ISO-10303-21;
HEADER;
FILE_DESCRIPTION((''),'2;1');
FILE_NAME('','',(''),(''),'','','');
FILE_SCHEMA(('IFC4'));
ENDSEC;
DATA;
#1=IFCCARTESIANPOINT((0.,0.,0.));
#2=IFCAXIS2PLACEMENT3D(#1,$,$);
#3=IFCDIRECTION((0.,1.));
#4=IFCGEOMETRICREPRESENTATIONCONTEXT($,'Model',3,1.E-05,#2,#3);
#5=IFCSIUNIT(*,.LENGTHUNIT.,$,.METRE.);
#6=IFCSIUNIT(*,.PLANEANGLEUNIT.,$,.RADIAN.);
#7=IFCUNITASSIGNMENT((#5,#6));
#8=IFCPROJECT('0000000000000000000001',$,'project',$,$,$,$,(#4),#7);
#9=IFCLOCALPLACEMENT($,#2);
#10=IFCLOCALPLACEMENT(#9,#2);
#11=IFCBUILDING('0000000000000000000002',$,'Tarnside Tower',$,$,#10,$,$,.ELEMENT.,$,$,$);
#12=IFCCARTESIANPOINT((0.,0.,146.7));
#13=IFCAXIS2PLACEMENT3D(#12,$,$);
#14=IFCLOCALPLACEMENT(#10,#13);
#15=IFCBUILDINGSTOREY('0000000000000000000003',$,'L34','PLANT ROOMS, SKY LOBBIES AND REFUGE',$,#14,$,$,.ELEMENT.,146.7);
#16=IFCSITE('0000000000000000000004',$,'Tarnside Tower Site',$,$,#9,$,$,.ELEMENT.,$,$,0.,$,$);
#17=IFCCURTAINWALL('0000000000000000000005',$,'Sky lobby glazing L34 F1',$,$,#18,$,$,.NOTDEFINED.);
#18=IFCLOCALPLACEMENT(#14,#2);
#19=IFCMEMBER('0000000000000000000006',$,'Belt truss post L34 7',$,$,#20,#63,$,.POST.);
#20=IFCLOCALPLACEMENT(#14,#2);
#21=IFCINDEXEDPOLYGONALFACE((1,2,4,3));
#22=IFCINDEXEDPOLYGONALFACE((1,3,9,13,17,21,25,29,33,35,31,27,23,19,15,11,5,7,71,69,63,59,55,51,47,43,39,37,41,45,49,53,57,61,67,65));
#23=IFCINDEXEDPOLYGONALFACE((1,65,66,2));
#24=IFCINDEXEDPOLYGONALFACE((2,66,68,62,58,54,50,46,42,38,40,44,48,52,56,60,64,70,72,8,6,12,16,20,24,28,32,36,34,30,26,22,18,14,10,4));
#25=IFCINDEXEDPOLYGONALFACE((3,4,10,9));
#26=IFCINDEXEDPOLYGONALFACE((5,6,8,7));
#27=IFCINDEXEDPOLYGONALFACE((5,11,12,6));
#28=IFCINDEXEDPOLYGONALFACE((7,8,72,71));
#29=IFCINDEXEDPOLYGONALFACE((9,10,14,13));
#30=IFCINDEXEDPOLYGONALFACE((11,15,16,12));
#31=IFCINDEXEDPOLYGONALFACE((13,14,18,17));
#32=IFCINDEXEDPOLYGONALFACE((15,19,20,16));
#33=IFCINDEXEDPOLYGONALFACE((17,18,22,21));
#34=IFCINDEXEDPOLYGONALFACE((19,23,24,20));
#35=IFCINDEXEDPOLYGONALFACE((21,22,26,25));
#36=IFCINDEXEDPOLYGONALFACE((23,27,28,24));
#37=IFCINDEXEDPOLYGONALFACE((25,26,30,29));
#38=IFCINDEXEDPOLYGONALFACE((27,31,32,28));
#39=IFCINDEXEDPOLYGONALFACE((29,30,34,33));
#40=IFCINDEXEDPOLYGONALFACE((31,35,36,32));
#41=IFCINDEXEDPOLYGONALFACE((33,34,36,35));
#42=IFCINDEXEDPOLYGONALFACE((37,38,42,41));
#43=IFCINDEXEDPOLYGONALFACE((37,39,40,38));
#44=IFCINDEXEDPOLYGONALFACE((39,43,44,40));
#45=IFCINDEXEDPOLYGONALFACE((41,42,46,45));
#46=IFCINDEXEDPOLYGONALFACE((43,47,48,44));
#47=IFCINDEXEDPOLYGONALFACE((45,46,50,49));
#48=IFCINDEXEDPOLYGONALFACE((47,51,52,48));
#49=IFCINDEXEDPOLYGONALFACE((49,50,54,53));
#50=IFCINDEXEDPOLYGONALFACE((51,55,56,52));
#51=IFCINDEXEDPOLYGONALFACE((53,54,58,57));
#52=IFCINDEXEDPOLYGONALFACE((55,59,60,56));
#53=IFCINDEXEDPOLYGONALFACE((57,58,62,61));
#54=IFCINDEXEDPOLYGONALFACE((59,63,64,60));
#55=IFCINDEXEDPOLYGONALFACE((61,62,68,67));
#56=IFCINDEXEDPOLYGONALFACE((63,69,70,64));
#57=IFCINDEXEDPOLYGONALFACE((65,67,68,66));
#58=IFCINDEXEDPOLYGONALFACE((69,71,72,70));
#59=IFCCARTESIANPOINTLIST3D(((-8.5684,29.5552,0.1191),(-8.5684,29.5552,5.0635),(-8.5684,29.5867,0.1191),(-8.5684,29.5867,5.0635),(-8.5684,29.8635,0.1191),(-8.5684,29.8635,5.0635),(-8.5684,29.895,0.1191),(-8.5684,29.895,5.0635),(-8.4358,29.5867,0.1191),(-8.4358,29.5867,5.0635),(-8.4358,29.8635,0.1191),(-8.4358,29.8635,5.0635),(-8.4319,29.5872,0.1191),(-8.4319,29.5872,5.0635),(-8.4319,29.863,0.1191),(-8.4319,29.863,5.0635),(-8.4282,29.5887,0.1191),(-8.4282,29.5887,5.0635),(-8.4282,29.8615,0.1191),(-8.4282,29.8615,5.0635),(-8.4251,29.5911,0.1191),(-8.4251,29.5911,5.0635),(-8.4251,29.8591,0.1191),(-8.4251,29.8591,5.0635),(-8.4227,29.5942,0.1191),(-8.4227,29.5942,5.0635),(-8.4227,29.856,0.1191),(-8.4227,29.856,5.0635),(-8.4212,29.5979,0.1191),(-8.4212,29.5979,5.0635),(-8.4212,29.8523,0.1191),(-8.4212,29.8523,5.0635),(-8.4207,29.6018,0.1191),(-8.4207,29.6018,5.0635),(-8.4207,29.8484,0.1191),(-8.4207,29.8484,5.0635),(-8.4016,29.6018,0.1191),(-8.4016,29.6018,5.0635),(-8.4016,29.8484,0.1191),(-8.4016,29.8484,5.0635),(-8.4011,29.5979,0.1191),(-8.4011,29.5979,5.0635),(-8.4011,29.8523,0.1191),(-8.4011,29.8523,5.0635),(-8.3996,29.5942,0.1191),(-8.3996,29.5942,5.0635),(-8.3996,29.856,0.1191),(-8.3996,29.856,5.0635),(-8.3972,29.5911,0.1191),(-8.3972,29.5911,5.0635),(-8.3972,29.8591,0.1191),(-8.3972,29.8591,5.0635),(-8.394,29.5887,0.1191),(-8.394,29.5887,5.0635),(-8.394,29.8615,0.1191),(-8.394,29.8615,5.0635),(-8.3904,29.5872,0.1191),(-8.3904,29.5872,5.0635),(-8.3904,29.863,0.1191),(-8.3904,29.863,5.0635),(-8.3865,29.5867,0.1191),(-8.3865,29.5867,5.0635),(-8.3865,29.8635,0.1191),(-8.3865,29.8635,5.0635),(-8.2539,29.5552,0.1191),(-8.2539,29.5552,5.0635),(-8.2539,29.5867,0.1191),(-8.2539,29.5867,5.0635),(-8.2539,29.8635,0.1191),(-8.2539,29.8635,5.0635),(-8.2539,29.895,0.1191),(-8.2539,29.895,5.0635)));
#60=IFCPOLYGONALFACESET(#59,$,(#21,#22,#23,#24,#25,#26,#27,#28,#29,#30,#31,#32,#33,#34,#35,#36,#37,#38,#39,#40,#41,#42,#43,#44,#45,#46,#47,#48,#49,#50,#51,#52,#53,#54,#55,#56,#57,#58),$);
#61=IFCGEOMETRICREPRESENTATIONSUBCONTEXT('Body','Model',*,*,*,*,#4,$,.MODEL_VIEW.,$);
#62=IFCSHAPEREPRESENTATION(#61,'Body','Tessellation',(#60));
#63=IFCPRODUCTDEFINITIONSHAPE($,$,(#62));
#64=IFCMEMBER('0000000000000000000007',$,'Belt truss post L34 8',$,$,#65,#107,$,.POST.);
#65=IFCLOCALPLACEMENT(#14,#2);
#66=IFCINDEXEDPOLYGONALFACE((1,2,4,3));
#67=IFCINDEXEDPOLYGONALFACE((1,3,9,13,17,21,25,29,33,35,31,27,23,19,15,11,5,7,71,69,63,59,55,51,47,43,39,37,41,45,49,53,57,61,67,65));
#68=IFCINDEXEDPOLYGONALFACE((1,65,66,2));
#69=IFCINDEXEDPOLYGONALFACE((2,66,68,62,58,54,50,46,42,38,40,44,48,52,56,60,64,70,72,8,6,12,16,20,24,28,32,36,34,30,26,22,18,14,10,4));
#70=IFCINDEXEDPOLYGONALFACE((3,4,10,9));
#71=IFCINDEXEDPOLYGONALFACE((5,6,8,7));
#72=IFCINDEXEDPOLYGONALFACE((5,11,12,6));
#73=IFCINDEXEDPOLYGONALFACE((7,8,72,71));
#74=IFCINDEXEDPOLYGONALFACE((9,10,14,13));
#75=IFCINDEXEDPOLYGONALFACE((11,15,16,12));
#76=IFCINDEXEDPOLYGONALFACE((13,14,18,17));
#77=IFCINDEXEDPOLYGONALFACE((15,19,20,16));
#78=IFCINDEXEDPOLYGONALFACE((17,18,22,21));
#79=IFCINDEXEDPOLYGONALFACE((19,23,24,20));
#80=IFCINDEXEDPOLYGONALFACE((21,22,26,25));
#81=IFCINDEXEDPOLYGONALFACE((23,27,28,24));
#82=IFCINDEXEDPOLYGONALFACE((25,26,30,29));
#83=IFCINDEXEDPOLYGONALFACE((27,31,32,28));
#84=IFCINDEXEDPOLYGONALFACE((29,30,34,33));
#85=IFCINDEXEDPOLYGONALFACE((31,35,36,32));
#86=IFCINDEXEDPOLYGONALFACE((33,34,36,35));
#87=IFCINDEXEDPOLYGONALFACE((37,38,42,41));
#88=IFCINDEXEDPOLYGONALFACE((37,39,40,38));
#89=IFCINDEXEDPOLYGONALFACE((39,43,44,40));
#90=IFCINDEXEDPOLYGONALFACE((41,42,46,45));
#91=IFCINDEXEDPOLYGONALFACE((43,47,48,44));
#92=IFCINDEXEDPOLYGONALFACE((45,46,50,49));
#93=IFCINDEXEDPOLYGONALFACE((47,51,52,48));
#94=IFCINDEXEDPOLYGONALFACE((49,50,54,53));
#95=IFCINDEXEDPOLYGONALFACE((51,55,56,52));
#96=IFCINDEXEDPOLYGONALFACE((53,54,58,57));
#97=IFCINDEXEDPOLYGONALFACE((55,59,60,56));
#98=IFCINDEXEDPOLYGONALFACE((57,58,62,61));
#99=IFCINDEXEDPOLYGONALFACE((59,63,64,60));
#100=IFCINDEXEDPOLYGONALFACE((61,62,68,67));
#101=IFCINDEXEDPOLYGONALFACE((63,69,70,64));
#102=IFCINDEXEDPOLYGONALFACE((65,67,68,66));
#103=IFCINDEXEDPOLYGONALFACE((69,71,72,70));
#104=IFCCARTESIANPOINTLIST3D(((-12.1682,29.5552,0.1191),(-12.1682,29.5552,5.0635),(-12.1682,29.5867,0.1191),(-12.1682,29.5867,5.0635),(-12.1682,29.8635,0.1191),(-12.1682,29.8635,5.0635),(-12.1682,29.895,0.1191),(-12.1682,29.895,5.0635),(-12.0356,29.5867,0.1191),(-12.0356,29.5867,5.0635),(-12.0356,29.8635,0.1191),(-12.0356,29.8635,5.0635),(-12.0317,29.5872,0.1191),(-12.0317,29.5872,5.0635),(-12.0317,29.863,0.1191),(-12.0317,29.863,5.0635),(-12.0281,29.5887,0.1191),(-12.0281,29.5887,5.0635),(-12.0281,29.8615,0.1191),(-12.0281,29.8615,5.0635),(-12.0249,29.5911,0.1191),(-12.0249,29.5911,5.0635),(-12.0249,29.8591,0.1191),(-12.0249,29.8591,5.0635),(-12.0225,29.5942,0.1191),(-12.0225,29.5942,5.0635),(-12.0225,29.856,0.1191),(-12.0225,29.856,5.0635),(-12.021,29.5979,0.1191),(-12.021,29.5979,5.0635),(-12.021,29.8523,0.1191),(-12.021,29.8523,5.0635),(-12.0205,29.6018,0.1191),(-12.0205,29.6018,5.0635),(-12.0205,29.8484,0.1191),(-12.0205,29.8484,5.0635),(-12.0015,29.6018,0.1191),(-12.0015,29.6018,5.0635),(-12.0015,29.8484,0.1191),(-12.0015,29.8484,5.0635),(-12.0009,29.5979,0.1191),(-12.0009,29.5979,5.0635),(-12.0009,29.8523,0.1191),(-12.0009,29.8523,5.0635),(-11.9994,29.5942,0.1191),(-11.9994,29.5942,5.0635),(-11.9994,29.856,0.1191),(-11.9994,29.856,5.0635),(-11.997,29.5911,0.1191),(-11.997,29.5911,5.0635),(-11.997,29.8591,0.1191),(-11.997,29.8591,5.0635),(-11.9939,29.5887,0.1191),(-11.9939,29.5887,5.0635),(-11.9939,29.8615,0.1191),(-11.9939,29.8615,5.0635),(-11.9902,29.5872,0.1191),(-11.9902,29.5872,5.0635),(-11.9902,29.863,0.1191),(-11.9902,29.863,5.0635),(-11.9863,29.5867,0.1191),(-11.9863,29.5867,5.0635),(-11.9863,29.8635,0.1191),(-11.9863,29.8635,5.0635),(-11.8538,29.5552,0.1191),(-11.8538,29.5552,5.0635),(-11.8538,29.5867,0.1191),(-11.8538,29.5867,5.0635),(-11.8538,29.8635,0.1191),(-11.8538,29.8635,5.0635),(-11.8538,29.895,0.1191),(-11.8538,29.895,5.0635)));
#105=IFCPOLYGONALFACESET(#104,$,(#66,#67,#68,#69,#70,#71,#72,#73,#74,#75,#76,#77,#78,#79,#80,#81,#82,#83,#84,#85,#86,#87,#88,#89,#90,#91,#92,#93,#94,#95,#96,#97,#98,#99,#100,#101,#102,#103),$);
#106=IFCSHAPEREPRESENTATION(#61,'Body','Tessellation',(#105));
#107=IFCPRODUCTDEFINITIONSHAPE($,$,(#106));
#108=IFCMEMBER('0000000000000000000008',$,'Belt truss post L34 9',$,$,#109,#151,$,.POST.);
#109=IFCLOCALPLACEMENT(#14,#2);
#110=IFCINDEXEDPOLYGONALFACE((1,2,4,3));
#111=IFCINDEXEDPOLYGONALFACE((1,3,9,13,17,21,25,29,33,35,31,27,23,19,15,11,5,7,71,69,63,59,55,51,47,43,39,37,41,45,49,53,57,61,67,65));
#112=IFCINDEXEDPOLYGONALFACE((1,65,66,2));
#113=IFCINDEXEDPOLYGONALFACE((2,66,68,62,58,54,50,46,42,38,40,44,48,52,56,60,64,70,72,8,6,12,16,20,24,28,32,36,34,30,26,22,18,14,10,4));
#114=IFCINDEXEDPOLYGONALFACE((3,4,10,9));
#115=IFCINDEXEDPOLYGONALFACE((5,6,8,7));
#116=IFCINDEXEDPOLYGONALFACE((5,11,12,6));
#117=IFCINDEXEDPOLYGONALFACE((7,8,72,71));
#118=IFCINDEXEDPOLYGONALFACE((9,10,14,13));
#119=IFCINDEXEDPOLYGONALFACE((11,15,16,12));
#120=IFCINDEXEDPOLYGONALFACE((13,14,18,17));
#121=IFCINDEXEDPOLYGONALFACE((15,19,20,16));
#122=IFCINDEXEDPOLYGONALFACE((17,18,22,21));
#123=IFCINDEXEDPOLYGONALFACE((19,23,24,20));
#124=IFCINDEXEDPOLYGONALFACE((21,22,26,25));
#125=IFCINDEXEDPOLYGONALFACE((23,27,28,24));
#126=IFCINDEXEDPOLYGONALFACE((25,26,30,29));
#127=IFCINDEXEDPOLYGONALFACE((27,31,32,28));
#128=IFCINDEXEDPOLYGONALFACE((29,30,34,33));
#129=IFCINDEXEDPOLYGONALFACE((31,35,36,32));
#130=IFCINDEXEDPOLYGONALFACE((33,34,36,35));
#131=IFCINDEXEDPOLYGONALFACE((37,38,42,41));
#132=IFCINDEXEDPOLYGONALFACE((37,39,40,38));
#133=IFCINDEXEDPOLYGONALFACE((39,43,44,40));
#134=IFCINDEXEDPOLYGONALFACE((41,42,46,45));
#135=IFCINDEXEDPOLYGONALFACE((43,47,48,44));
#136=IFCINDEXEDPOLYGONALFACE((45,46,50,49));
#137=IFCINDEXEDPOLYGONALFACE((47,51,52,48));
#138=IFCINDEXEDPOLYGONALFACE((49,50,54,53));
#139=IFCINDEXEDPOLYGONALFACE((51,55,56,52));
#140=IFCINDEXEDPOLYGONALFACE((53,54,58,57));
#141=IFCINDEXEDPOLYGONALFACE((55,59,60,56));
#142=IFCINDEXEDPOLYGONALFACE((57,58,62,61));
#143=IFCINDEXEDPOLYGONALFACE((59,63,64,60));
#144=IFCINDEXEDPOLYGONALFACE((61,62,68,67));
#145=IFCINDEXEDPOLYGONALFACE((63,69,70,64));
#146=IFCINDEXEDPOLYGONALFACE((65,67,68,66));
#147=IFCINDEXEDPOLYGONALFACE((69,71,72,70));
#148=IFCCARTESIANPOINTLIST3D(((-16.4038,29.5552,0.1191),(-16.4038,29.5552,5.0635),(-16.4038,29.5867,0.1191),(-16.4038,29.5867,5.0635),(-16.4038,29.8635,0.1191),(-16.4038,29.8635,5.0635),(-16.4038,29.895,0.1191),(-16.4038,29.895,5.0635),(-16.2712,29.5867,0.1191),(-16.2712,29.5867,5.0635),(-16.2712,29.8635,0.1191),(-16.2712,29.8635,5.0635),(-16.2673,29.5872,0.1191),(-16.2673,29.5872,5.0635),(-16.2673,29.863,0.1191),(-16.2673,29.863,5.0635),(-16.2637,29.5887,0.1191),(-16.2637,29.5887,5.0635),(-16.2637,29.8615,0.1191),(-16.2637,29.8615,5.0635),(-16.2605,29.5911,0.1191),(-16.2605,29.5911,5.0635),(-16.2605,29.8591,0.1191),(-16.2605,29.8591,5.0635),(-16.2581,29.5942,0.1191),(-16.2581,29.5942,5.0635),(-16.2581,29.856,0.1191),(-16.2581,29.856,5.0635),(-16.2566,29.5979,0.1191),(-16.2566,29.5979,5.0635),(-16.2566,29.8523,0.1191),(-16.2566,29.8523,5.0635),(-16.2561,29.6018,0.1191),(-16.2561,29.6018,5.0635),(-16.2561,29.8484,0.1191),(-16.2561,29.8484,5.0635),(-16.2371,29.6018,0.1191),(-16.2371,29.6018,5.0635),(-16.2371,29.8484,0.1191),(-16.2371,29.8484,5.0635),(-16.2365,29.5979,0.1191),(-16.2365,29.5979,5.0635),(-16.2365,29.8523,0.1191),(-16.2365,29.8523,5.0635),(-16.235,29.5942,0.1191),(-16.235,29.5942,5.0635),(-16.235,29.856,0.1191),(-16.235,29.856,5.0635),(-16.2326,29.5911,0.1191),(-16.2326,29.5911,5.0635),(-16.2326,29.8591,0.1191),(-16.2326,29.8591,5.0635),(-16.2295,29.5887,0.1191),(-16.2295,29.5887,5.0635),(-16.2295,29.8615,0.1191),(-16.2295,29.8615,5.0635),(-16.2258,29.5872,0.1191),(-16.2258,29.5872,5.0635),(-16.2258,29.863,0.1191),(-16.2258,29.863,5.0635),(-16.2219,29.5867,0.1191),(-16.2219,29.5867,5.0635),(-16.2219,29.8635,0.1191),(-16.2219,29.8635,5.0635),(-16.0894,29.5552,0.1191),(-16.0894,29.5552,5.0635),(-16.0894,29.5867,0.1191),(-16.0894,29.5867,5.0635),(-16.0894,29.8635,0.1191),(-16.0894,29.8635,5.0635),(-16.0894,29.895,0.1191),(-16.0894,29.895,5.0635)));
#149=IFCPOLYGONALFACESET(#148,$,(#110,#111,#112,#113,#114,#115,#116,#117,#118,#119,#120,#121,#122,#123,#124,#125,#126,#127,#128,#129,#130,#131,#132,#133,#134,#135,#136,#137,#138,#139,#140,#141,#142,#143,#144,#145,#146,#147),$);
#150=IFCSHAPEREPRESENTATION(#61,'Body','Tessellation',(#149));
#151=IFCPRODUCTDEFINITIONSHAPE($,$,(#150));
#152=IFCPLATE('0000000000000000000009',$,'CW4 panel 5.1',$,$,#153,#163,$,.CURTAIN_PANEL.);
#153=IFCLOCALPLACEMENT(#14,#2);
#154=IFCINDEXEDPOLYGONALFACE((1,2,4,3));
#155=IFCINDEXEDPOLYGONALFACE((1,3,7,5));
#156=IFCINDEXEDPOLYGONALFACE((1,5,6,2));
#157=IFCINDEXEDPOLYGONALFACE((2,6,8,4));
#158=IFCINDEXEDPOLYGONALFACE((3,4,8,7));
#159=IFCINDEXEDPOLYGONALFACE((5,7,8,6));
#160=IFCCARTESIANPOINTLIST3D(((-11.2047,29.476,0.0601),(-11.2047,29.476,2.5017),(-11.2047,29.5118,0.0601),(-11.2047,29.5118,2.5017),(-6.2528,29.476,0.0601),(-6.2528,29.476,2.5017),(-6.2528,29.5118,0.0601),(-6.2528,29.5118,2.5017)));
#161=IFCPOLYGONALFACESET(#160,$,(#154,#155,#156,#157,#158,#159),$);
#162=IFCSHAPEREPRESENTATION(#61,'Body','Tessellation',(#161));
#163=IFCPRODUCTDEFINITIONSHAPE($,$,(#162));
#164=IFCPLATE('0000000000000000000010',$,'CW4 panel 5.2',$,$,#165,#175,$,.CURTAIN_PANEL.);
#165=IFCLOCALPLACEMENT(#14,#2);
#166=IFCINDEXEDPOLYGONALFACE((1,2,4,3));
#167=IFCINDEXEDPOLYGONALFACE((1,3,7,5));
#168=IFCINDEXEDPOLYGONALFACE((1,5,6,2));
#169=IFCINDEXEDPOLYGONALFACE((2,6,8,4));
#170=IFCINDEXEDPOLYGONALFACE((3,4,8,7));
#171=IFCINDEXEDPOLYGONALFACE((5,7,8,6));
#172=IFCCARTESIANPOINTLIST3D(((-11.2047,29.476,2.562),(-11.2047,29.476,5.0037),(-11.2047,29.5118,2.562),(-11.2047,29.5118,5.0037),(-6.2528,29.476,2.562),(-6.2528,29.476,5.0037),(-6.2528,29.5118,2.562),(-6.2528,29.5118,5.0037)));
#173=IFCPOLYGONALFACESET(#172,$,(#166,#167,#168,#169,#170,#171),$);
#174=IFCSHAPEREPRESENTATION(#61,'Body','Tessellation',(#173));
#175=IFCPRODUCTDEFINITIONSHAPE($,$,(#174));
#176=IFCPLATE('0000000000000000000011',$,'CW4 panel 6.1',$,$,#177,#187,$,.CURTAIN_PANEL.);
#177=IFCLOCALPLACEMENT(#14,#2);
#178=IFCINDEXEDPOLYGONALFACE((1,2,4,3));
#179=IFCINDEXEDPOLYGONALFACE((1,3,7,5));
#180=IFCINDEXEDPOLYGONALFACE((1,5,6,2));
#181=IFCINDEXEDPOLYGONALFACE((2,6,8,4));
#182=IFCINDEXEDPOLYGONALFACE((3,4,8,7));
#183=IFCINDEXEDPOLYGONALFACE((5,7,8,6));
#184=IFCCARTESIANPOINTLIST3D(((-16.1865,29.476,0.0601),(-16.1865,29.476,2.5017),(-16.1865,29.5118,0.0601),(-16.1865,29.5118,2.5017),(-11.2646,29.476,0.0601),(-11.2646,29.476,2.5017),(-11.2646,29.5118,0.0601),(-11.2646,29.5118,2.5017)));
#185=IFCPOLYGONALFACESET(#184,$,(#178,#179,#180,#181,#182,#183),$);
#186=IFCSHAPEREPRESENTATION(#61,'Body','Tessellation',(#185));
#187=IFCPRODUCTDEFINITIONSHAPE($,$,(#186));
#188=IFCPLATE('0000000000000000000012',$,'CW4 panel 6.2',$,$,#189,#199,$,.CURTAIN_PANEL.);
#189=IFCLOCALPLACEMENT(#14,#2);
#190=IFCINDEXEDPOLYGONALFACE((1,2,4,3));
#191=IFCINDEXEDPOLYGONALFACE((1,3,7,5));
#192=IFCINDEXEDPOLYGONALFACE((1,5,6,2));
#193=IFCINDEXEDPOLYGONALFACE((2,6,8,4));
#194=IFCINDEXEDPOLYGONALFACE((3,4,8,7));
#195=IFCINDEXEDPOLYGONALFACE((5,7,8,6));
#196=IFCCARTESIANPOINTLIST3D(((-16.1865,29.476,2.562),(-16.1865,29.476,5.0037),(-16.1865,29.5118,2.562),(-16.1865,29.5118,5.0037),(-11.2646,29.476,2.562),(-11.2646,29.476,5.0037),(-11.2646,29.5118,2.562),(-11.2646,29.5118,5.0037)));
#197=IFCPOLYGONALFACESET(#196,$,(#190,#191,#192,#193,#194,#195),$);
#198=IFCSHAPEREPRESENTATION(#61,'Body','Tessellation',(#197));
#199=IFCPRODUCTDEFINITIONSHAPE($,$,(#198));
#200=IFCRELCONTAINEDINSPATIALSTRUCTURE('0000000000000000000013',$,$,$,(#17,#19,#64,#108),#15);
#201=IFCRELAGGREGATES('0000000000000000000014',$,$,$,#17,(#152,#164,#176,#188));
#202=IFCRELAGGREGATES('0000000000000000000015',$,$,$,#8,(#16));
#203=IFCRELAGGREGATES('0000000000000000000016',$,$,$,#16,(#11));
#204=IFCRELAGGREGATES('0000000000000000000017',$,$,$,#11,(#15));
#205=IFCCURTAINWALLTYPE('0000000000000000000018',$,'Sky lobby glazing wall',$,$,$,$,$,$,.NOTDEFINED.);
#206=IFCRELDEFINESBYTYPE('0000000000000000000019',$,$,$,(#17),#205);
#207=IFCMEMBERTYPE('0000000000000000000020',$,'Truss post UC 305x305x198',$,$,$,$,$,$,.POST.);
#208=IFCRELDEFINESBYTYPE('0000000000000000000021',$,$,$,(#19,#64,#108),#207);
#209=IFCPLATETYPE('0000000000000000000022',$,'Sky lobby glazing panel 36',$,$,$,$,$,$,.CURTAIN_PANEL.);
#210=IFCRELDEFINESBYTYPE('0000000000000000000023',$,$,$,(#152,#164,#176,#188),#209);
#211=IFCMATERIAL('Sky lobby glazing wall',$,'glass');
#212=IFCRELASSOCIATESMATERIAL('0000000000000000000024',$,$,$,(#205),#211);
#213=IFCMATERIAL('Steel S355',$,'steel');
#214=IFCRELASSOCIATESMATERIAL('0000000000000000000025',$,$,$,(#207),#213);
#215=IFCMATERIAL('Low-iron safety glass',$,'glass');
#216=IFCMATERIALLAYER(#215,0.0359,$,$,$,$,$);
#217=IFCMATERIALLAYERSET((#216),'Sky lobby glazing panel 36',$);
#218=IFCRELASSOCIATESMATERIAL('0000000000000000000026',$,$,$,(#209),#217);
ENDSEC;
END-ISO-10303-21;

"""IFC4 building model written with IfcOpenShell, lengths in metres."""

from ifc_helpers import new_model, si_unit, direction, frame, origin, origin_2d, place, context, subcontext, project, spatial, rectangle, i_section, extrude, material, layer, layer_set, material_profile, profile_set, type_object, element, aggregate, save


model = new_model("IFC4")

# Units and contexts
model_context = context("Model", 3, precision=1e-05, world=origin(), true_north=direction((0.0, 1.0)))
body_context = subcontext(model_context, "Body", "Model", "MODEL_VIEW")
ifc_project = project(units=[si_unit("LENGTHUNIT", "METRE"), si_unit("PLANEANGLEUNIT", "RADIAN")], contexts=[model_context])

# Site, building, storey
site_placement = place(None, origin())
site = spatial("IfcSite", under=ifc_project, at=site_placement, Name="Tarnside Tower Site", CompositionType="ELEMENT", RefElevation=0.0)
building_placement = place(site_placement, origin())
building = spatial("IfcBuilding", under=site, at=building_placement, Name="Tarnside Tower", CompositionType="ELEMENT")
storey_placement = place(building_placement, frame((0.0, 0.0, 146.7)))
storey = spatial("IfcBuildingStorey", under=building, at=storey_placement, Name="L34", Description="PLANT ROOMS, SKY LOBBIES AND REFUGE", CompositionType="ELEMENT", Elevation=146.7)

# Shared definitions
ifc_material_1 = material(Name="Steel S355", Category="steel")

# Curtain wall
ifc_material_2 = material(Name="Sky lobby glazing wall", Category="glass")
curtain_wall_type = type_object("IfcCurtainWallType", Name="Sky lobby glazing wall", PredefinedType="NOTDEFINED", material=ifc_material_2)
curtain_wall_placement = place(storey_placement, origin())
curtain_wall = element("IfcCurtainWall", 1, at=curtain_wall_placement, inside=storey, type_object=curtain_wall_type, Name="Sky lobby glazing L34 F1", PredefinedType="NOTDEFINED")

# Members
ifc_material_profile_1 = material_profile(ifc_material_1, i_section(OverallWidth=0.3145, OverallDepth=0.3398, WebThickness=0.019, FlangeThickness=0.0315, FilletRadius=0.0151, at=origin_2d()), Name="UC 305x305x198")
ifc_profile_set_1 = profile_set([ifc_material_profile_1], Name="Steel S355")
member_type_1 = type_object("IfcMemberType", Name="Truss post UC 305x305x198", PredefinedType="POST", material=ifc_profile_set_1)
for number, where, z_axis, x_axis, name in (
    (2, (-8.4111, 29.7251, 0.1191), (0.0, 0.0, 1.0), (-1.0, 0.0, 0.0), "Belt truss post L34 7"),
    (3, (-12.011, 29.7251, 0.1191), (0.0, 0.0, 1.0), (-1.0, 0.0, 0.0), "Belt truss post L34 8"),
    (4, (-16.2466, 29.7251, 0.1191), (0.0, 0.0, 1.0), (-1.0, 0.0, 0.0), "Belt truss post L34 9"),
):
    element("IfcMember", number, at=place(storey_placement, frame(where, z_axis=z_axis, x_axis=x_axis)), inside=storey, type_object=member_type_1, Name=name, PredefinedType="POST", context=body_context, shape_type="SweptSolid", body=[
        extrude(i_section(OverallWidth=0.3145, OverallDepth=0.3398, WebThickness=0.019, FlangeThickness=0.0315, FilletRadius=0.0151, at=origin_2d()), origin(), (0.0, 0.0, 1.0), 4.9443),
    ])

# Plates
ifc_material_3 = material(Name="Low-iron safety glass", Category="glass")
ifc_layer_1 = layer(ifc_material_3, 0.0359)
ifc_layer_set_1 = layer_set([ifc_layer_1], Name="Sky lobby glazing panel 36")
plate_type = type_object("IfcPlateType", Name="Sky lobby glazing panel 36", PredefinedType="CURTAIN_PANEL", material=ifc_layer_set_1)
plate_1_placement = place(storey_placement, frame((-8.7288, 29.4939, 0.0601), z_axis=(0.0, 0.0, 1.0), x_axis=(-1.0, 0.0, 0.0)))
plate_1 = element("IfcPlate", 5, at=plate_1_placement, type_object=plate_type, Name="CW4 panel 5.1", PredefinedType="CURTAIN_PANEL", context=body_context, shape_type="SweptSolid", body=[
    extrude(rectangle(XDim=4.9519, YDim=0.0359, at=origin_2d()), origin(), (0.0, 0.0, 1.0), 2.4417),
])
plate_2_placement = place(storey_placement, frame((-8.7288, 29.4939, 2.562), z_axis=(0.0, 0.0, 1.0), x_axis=(-1.0, 0.0, 0.0)))
plate_2 = element("IfcPlate", 6, at=plate_2_placement, type_object=plate_type, Name="CW4 panel 5.2", PredefinedType="CURTAIN_PANEL", context=body_context, shape_type="SweptSolid", body=[
    extrude(rectangle(XDim=4.9519, YDim=0.0359, at=origin_2d()), origin(), (0.0, 0.0, 1.0), 2.4417),
])
plate_3_placement = place(storey_placement, frame((-13.7256, 29.4939, 0.0601), z_axis=(0.0, 0.0, 1.0), x_axis=(-1.0, 0.0, 0.0)))
plate_3 = element("IfcPlate", 7, at=plate_3_placement, type_object=plate_type, Name="CW4 panel 6.1", PredefinedType="CURTAIN_PANEL", context=body_context, shape_type="SweptSolid", body=[
    extrude(rectangle(XDim=4.9219, YDim=0.0359, at=origin_2d()), origin(), (0.0, 0.0, 1.0), 2.4417),
])
plate_4_placement = place(storey_placement, frame((-13.7256, 29.4939, 2.562), z_axis=(0.0, 0.0, 1.0), x_axis=(-1.0, 0.0, 0.0)))
plate_4 = element("IfcPlate", 8, at=plate_4_placement, type_object=plate_type, Name="CW4 panel 6.2", PredefinedType="CURTAIN_PANEL", context=body_context, shape_type="SweptSolid", body=[
    extrude(rectangle(XDim=4.9219, YDim=0.0359, at=origin_2d()), origin(), (0.0, 0.0, 1.0), 2.4417),
])
aggregate(curtain_wall, [plate_1, plate_2, plate_3, plate_4])

save(model, "model.ifc")
